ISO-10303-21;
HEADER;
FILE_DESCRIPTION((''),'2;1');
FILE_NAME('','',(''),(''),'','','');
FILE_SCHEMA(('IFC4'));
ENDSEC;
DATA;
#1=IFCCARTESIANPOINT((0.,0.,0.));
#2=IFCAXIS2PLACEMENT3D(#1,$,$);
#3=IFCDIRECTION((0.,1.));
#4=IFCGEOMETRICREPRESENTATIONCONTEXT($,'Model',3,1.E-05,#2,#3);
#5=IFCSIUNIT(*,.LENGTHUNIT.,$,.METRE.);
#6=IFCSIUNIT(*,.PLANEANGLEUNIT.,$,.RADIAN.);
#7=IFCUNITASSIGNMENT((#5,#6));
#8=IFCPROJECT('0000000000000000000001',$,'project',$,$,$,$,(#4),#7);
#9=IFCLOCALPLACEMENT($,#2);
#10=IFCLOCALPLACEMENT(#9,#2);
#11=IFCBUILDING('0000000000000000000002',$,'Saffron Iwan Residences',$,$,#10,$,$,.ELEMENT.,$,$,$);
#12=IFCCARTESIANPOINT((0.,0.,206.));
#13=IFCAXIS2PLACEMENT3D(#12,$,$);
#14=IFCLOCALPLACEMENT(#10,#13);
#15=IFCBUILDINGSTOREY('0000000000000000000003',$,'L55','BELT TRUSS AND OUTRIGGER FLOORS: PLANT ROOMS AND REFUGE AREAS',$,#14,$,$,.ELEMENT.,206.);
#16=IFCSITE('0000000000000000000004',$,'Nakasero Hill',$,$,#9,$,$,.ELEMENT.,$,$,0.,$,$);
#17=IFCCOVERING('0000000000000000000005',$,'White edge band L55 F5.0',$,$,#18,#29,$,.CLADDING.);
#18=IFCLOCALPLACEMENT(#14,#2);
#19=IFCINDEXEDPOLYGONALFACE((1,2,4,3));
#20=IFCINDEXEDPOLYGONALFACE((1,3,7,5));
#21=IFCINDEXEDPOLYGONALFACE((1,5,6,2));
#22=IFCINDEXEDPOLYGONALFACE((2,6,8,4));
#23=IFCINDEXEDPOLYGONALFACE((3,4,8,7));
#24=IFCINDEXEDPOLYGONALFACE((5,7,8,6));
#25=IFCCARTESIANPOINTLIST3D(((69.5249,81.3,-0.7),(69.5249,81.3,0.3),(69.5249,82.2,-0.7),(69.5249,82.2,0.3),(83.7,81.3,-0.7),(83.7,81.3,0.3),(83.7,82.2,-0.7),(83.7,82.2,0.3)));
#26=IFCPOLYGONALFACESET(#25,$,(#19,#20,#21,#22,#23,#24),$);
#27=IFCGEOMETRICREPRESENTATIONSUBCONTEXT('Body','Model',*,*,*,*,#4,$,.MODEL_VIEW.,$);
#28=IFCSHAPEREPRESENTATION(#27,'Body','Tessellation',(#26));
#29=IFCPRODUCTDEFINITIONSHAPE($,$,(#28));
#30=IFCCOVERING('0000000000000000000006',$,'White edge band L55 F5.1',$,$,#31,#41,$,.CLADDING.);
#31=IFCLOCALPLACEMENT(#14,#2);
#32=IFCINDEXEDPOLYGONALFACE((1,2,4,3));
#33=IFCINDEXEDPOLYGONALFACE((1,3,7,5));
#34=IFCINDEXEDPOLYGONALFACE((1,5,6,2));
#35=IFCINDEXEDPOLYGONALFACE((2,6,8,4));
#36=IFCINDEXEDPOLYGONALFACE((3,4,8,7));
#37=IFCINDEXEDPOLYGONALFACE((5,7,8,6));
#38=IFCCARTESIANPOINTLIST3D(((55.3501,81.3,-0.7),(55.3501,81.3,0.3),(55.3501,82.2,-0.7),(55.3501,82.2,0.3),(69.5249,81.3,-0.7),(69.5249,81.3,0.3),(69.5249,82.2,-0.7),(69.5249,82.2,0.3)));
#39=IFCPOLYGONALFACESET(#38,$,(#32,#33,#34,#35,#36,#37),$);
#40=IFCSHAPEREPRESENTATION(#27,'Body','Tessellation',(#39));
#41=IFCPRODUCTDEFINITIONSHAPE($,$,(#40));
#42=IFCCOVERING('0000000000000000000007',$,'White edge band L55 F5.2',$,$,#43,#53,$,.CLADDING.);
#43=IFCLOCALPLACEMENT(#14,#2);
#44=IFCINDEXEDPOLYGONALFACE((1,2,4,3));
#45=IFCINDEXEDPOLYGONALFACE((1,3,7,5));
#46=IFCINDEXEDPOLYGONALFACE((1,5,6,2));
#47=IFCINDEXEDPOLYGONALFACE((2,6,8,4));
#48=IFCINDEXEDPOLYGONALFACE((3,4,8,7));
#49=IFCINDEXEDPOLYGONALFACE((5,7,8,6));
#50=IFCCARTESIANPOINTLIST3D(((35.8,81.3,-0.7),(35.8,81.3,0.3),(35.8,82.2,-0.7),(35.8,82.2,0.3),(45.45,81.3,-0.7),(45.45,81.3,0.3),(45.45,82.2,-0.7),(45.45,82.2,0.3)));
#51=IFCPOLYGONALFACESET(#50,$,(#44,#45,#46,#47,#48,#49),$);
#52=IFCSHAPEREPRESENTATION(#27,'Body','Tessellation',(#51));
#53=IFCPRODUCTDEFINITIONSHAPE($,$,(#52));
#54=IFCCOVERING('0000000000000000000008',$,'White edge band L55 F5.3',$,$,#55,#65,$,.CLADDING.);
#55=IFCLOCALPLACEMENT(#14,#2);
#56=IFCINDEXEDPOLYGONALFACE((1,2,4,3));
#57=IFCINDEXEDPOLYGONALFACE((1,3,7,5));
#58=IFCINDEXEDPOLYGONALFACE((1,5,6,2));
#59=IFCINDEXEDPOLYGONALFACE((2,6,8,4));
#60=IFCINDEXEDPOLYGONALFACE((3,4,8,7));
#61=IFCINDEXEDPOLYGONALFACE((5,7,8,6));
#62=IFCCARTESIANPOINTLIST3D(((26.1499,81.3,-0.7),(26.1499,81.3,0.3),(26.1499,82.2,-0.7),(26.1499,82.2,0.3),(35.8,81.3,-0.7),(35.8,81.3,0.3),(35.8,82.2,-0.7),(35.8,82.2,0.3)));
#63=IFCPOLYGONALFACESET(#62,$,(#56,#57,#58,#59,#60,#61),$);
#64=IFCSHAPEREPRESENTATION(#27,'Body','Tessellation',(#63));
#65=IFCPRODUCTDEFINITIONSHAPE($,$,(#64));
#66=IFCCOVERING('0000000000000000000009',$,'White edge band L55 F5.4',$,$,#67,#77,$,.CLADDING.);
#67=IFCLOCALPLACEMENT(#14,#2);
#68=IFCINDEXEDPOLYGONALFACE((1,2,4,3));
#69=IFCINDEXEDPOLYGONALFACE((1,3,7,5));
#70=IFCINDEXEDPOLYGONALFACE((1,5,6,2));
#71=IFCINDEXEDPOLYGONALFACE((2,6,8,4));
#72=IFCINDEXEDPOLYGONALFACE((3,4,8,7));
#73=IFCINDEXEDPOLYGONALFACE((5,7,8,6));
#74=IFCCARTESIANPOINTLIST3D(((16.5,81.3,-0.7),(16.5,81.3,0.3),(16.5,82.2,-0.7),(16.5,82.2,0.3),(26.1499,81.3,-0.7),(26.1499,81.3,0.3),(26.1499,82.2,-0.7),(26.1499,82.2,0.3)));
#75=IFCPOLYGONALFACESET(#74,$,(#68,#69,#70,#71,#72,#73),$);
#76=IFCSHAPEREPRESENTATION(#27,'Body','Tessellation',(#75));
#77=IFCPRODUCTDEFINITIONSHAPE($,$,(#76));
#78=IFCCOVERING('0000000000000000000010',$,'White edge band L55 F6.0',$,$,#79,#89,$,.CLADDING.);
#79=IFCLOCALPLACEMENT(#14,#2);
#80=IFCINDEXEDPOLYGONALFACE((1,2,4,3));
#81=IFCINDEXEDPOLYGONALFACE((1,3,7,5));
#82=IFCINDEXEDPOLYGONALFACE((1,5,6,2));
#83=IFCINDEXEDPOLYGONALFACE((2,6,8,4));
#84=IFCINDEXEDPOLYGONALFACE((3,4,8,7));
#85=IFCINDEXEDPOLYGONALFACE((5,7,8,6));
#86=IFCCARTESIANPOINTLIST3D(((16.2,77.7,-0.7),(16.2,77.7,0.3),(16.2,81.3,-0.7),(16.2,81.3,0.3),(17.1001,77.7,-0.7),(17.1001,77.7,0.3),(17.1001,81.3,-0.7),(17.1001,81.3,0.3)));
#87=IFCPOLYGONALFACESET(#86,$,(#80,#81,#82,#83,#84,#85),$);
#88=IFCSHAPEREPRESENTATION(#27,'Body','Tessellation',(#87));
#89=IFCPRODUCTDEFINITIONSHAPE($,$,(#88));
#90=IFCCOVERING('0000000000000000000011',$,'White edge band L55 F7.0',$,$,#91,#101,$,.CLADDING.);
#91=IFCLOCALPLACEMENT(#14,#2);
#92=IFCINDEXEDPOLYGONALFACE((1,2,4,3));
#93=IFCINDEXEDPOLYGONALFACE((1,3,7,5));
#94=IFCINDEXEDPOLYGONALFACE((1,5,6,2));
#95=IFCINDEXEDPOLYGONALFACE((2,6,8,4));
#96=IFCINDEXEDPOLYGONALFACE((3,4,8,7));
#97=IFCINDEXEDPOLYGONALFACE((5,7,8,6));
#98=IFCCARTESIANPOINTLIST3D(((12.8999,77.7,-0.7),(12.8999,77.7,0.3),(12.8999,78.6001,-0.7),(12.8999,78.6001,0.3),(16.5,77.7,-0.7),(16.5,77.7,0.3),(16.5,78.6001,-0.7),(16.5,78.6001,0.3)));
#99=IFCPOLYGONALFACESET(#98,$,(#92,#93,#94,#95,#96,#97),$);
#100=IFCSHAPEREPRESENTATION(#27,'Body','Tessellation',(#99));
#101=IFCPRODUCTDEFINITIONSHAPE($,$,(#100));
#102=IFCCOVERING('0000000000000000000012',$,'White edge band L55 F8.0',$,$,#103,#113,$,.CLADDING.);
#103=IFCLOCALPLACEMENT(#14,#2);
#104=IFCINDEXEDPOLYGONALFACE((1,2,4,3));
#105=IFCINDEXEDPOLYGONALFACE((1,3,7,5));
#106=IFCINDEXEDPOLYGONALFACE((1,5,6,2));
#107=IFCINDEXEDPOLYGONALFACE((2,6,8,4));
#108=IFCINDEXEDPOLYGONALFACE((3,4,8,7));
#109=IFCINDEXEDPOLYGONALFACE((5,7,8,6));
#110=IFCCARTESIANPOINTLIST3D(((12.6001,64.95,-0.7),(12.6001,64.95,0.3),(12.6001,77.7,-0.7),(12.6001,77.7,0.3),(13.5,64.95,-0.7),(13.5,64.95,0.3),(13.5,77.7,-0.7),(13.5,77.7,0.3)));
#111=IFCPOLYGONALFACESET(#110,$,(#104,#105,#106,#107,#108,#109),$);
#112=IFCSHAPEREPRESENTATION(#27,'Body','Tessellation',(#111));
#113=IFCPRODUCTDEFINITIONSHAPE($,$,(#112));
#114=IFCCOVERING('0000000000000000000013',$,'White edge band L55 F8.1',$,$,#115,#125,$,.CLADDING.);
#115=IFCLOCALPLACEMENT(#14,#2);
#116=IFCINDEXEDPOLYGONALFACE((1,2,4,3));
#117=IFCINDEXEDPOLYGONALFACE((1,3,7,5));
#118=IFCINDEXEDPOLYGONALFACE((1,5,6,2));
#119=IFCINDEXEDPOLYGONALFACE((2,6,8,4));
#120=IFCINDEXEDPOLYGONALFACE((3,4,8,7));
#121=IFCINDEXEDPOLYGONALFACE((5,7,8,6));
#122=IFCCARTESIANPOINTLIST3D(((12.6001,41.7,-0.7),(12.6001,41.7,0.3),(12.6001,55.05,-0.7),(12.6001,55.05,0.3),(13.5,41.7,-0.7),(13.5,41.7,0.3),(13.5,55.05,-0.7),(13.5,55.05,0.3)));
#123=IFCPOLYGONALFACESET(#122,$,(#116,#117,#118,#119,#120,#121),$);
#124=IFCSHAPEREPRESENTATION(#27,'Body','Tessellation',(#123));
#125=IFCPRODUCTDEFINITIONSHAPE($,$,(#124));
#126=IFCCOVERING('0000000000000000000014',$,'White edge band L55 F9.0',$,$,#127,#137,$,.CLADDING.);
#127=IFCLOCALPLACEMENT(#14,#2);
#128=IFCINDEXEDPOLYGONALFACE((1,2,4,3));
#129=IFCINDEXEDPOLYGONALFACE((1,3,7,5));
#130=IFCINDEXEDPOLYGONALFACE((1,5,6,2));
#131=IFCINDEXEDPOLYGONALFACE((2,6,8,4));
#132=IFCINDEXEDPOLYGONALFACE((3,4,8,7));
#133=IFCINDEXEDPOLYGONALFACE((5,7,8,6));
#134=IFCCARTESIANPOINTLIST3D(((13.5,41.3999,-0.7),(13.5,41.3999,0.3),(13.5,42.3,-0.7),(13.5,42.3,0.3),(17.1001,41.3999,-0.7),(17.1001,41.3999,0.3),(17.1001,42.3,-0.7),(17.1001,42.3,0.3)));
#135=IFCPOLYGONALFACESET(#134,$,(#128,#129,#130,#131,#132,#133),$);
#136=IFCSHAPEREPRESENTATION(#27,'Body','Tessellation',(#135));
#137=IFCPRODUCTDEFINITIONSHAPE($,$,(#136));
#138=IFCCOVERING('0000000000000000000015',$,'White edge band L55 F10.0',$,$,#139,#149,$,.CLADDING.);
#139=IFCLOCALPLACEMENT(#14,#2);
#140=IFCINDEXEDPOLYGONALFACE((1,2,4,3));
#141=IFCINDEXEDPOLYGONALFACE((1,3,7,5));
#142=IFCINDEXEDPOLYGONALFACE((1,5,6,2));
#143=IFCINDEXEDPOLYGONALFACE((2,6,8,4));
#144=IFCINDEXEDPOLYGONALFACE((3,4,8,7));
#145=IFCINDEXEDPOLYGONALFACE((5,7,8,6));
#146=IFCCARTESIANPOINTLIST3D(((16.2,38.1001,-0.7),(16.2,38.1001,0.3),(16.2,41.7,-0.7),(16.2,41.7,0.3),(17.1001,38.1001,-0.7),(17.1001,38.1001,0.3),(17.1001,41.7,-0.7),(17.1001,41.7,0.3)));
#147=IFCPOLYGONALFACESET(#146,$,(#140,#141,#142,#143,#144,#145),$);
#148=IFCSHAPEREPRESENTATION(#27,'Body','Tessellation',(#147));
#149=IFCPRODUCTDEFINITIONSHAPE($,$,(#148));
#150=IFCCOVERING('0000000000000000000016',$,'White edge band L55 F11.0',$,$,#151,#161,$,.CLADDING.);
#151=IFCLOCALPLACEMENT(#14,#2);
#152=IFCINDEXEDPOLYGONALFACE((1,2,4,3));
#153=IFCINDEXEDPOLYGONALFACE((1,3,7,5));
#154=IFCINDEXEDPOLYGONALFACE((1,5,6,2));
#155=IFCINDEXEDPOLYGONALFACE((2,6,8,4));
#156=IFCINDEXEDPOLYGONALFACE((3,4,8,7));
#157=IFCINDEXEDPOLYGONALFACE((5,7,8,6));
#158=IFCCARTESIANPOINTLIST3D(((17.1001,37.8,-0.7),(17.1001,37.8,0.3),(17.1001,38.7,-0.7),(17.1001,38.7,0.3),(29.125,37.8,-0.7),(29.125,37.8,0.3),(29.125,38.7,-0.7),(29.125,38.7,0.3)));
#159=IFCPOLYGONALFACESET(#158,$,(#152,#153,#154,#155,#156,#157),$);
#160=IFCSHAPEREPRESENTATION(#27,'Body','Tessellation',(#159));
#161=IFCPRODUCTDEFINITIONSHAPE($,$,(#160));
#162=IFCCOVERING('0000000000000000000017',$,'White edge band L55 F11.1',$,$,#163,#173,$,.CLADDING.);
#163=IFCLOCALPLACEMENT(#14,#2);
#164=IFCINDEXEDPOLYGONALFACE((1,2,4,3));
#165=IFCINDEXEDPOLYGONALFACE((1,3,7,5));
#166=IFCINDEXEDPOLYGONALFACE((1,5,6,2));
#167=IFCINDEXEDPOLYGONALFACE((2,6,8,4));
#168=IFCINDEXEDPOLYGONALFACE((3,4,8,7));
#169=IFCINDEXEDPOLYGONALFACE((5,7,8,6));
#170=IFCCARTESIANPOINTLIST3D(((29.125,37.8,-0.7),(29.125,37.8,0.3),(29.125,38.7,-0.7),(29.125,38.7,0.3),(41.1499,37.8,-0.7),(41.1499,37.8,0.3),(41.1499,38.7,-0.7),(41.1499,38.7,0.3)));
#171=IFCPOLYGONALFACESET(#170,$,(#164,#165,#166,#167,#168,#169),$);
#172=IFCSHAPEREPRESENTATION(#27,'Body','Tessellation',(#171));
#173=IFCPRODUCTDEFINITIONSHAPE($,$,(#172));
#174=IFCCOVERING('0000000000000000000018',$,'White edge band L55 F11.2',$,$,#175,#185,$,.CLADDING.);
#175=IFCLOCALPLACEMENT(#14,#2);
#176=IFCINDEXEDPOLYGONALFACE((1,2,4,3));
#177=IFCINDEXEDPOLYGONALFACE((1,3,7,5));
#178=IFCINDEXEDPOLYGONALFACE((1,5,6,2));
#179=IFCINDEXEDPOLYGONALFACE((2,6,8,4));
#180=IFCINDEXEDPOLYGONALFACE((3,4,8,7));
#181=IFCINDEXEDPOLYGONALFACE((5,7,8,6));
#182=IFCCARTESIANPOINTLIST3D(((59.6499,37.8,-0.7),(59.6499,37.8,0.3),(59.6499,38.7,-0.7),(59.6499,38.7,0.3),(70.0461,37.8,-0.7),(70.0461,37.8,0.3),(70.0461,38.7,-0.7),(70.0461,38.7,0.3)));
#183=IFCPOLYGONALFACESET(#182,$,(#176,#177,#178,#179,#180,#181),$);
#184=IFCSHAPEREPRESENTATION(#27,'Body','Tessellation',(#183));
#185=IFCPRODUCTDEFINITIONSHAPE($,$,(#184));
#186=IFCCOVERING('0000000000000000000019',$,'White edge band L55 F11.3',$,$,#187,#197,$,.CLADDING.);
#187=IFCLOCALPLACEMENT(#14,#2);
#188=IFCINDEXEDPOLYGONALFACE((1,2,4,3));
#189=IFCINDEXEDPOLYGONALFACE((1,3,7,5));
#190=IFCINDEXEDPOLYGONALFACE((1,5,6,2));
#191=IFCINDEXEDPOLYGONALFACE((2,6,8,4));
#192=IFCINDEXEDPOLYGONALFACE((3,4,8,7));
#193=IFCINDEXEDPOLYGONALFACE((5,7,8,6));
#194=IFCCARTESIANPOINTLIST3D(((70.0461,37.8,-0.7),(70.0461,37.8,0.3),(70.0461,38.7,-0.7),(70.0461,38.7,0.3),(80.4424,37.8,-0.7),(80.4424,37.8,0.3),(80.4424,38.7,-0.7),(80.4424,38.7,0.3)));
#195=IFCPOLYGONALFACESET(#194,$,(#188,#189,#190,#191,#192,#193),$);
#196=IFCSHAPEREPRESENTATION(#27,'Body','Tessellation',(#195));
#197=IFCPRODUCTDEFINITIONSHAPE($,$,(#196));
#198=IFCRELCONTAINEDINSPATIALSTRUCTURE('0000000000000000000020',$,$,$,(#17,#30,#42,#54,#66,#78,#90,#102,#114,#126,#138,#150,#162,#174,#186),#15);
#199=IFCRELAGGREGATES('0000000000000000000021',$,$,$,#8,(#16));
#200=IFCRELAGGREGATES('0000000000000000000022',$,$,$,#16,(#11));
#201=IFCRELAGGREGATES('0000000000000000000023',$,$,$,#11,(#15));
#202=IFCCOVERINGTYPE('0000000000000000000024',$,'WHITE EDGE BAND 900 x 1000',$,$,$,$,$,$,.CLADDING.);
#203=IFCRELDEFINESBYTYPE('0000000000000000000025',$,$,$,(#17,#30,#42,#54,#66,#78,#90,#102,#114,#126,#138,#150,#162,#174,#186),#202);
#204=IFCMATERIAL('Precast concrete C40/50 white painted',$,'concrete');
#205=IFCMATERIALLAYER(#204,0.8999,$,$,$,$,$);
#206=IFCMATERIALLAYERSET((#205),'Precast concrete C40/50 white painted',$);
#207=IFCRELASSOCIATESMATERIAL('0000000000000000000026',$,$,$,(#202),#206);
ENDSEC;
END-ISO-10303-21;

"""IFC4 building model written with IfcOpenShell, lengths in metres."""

from ifc_helpers import new_model, si_unit, direction, frame, origin, place, context, subcontext, project, spatial, polyline, outline, extrude, material, layer, layer_set, type_object, element, save


model = new_model("IFC4")

# Units and contexts
model_context = context("Model", 3, precision=1e-05, world=origin(), true_north=direction((0.0, 1.0)))
body_context = subcontext(model_context, "Body", "Model", "MODEL_VIEW")
ifc_project = project(units=[si_unit("LENGTHUNIT", "METRE"), si_unit("PLANEANGLEUNIT", "RADIAN")], contexts=[model_context])

# Site, building, storey
site_placement = place(None, origin())
site = spatial("IfcSite", under=ifc_project, at=site_placement, Name="Nakasero Hill", CompositionType="ELEMENT", RefElevation=0.0)
building_placement = place(site_placement, origin())
building = spatial("IfcBuilding", under=site, at=building_placement, Name="Saffron Iwan Residences", CompositionType="ELEMENT")
storey_placement = place(building_placement, frame((0.0, 0.0, 206.0)))
storey = spatial("IfcBuildingStorey", under=building, at=storey_placement, Name="L55", Description="BELT TRUSS AND OUTRIGGER FLOORS: PLANT ROOMS AND REFUGE AREAS", CompositionType="ELEMENT", Elevation=206.0)

# Coverings
ifc_material_1 = material(Name="Precast concrete C40/50 white painted", Category="concrete")
ifc_layer_1 = layer(ifc_material_1, 0.8999)
ifc_layer_set_1 = layer_set([ifc_layer_1], Name="Precast concrete C40/50 white painted")
covering_type_1 = type_object("IfcCoveringType", Name="WHITE EDGE BAND 900 x 1000", PredefinedType="CLADDING", material=ifc_layer_set_1)
covering_1_placement = place(storey_placement, frame((0.0, 0.0, -0.7)))
element("IfcCovering", 1, at=covering_1_placement, inside=storey, type_object=covering_type_1, Name="White edge band L55 F5.0", PredefinedType="CLADDING", context=body_context, shape_type="SweptSolid", body=[
    extrude(outline(polyline([(83.7, 82.2), (69.5249, 82.2), (69.5249, 81.3), (83.7, 81.3), (83.7, 82.2)])), origin(), (0.0, 0.0, 1.0), 1.0),
])
covering_2_placement = place(storey_placement, frame((0.0, 0.0, -0.7)))
element("IfcCovering", 2, at=covering_2_placement, inside=storey, type_object=covering_type_1, Name="White edge band L55 F5.1", PredefinedType="CLADDING", context=body_context, shape_type="SweptSolid", body=[
    extrude(outline(polyline([(69.5249, 82.2), (55.3501, 82.2), (55.3501, 81.3), (69.5249, 81.3), (69.5249, 82.2)])), origin(), (0.0, 0.0, 1.0), 1.0),
])
covering_3_placement = place(storey_placement, frame((0.0, 0.0, -0.7)))
element("IfcCovering", 3, at=covering_3_placement, inside=storey, type_object=covering_type_1, Name="White edge band L55 F5.2", PredefinedType="CLADDING", context=body_context, shape_type="SweptSolid", body=[
    extrude(outline(polyline([(45.45, 82.2), (35.8, 82.2), (35.8, 81.3), (45.45, 81.3), (45.45, 82.2)])), origin(), (0.0, 0.0, 1.0), 1.0),
])
covering_4_placement = place(storey_placement, frame((0.0, 0.0, -0.7)))
element("IfcCovering", 4, at=covering_4_placement, inside=storey, type_object=covering_type_1, Name="White edge band L55 F5.3", PredefinedType="CLADDING", context=body_context, shape_type="SweptSolid", body=[
    extrude(outline(polyline([(35.8, 82.2), (26.1499, 82.2), (26.1499, 81.3), (35.8, 81.3), (35.8, 82.2)])), origin(), (0.0, 0.0, 1.0), 1.0),
])
covering_5_placement = place(storey_placement, frame((0.0, 0.0, -0.7)))
element("IfcCovering", 5, at=covering_5_placement, inside=storey, type_object=covering_type_1, Name="White edge band L55 F5.4", PredefinedType="CLADDING", context=body_context, shape_type="SweptSolid", body=[
    extrude(outline(polyline([(26.1499, 82.2), (16.5, 82.2), (16.5, 81.3), (26.1499, 81.3), (26.1499, 82.2)])), origin(), (0.0, 0.0, 1.0), 1.0),
])
covering_6_placement = place(storey_placement, frame((0.0, 0.0, -0.7)))
element("IfcCovering", 6, at=covering_6_placement, inside=storey, type_object=covering_type_1, Name="White edge band L55 F6.0", PredefinedType="CLADDING", context=body_context, shape_type="SweptSolid", body=[
    extrude(outline(polyline([(16.2, 81.3), (16.2, 77.7), (17.1001, 77.7), (17.1001, 81.3), (16.2, 81.3)])), origin(), (0.0, 0.0, 1.0), 1.0),
])
covering_7_placement = place(storey_placement, frame((0.0, 0.0, -0.7)))
element("IfcCovering", 7, at=covering_7_placement, inside=storey, type_object=covering_type_1, Name="White edge band L55 F7.0", PredefinedType="CLADDING", context=body_context, shape_type="SweptSolid", body=[
    extrude(outline(polyline([(16.5, 78.6001), (12.8999, 78.6001), (12.8999, 77.7), (16.5, 77.7), (16.5, 78.6001)])), origin(), (0.0, 0.0, 1.0), 1.0),
])
covering_8_placement = place(storey_placement, frame((0.0, 0.0, -0.7)))
element("IfcCovering", 8, at=covering_8_placement, inside=storey, type_object=covering_type_1, Name="White edge band L55 F8.0", PredefinedType="CLADDING", context=body_context, shape_type="SweptSolid", body=[
    extrude(outline(polyline([(12.6001, 77.7), (12.6001, 64.95), (13.5, 64.95), (13.5, 77.7), (12.6001, 77.7)])), origin(), (0.0, 0.0, 1.0), 1.0),
])
covering_9_placement = place(storey_placement, frame((0.0, 0.0, -0.7)))
element("IfcCovering", 9, at=covering_9_placement, inside=storey, type_object=covering_type_1, Name="White edge band L55 F8.1", PredefinedType="CLADDING", context=body_context, shape_type="SweptSolid", body=[
    extrude(outline(polyline([(12.6001, 55.05), (12.6001, 41.7), (13.5, 41.7), (13.5, 55.05), (12.6001, 55.05)])), origin(), (0.0, 0.0, 1.0), 1.0),
])
covering_10_placement = place(storey_placement, frame((0.0, 0.0, -0.7)))
element("IfcCovering", 10, at=covering_10_placement, inside=storey, type_object=covering_type_1, Name="White edge band L55 F9.0", PredefinedType="CLADDING", context=body_context, shape_type="SweptSolid", body=[
    extrude(outline(polyline([(13.5, 41.3999), (17.1001, 41.3999), (17.1001, 42.3), (13.5, 42.3), (13.5, 41.3999)])), origin(), (0.0, 0.0, 1.0), 1.0),
])
covering_11_placement = place(storey_placement, frame((0.0, 0.0, -0.7)))
element("IfcCovering", 11, at=covering_11_placement, inside=storey, type_object=covering_type_1, Name="White edge band L55 F10.0", PredefinedType="CLADDING", context=body_context, shape_type="SweptSolid", body=[
    extrude(outline(polyline([(16.2, 41.7), (16.2, 38.1001), (17.1001, 38.1001), (17.1001, 41.7), (16.2, 41.7)])), origin(), (0.0, 0.0, 1.0), 1.0),
])
covering_12_placement = place(storey_placement, frame((0.0, 0.0, -0.7)))
element("IfcCovering", 12, at=covering_12_placement, inside=storey, type_object=covering_type_1, Name="White edge band L55 F11.0", PredefinedType="CLADDING", context=body_context, shape_type="SweptSolid", body=[
    extrude(outline(polyline([(17.1001, 37.8), (29.125, 37.8), (29.125, 38.7), (17.1001, 38.7), (17.1001, 37.8)])), origin(), (0.0, 0.0, 1.0), 1.0),
])
covering_13_placement = place(storey_placement, frame((0.0, 0.0, -0.7)))
element("IfcCovering", 13, at=covering_13_placement, inside=storey, type_object=covering_type_1, Name="White edge band L55 F11.1", PredefinedType="CLADDING", context=body_context, shape_type="SweptSolid", body=[
    extrude(outline(polyline([(29.125, 37.8), (41.1499, 37.8), (41.1499, 38.7), (29.125, 38.7), (29.125, 37.8)])), origin(), (0.0, 0.0, 1.0), 1.0),
])
covering_14_placement = place(storey_placement, frame((0.0, 0.0, -0.7)))
element("IfcCovering", 14, at=covering_14_placement, inside=storey, type_object=covering_type_1, Name="White edge band L55 F11.2", PredefinedType="CLADDING", context=body_context, shape_type="SweptSolid", body=[
    extrude(outline(polyline([(59.6499, 37.8), (70.0461, 37.8), (70.0461, 38.7), (59.6499, 38.7), (59.6499, 37.8)])), origin(), (0.0, 0.0, 1.0), 1.0),
])
covering_15_placement = place(storey_placement, frame((0.0, 0.0, -0.7)))
element("IfcCovering", 15, at=covering_15_placement, inside=storey, type_object=covering_type_1, Name="White edge band L55 F11.3", PredefinedType="CLADDING", context=body_context, shape_type="SweptSolid", body=[
    extrude(outline(polyline([(70.0461, 37.8), (80.4424, 37.8), (80.4424, 38.7), (70.0461, 38.7), (70.0461, 37.8)])), origin(), (0.0, 0.0, 1.0), 1.0),
])

save(model, "model.ifc")
